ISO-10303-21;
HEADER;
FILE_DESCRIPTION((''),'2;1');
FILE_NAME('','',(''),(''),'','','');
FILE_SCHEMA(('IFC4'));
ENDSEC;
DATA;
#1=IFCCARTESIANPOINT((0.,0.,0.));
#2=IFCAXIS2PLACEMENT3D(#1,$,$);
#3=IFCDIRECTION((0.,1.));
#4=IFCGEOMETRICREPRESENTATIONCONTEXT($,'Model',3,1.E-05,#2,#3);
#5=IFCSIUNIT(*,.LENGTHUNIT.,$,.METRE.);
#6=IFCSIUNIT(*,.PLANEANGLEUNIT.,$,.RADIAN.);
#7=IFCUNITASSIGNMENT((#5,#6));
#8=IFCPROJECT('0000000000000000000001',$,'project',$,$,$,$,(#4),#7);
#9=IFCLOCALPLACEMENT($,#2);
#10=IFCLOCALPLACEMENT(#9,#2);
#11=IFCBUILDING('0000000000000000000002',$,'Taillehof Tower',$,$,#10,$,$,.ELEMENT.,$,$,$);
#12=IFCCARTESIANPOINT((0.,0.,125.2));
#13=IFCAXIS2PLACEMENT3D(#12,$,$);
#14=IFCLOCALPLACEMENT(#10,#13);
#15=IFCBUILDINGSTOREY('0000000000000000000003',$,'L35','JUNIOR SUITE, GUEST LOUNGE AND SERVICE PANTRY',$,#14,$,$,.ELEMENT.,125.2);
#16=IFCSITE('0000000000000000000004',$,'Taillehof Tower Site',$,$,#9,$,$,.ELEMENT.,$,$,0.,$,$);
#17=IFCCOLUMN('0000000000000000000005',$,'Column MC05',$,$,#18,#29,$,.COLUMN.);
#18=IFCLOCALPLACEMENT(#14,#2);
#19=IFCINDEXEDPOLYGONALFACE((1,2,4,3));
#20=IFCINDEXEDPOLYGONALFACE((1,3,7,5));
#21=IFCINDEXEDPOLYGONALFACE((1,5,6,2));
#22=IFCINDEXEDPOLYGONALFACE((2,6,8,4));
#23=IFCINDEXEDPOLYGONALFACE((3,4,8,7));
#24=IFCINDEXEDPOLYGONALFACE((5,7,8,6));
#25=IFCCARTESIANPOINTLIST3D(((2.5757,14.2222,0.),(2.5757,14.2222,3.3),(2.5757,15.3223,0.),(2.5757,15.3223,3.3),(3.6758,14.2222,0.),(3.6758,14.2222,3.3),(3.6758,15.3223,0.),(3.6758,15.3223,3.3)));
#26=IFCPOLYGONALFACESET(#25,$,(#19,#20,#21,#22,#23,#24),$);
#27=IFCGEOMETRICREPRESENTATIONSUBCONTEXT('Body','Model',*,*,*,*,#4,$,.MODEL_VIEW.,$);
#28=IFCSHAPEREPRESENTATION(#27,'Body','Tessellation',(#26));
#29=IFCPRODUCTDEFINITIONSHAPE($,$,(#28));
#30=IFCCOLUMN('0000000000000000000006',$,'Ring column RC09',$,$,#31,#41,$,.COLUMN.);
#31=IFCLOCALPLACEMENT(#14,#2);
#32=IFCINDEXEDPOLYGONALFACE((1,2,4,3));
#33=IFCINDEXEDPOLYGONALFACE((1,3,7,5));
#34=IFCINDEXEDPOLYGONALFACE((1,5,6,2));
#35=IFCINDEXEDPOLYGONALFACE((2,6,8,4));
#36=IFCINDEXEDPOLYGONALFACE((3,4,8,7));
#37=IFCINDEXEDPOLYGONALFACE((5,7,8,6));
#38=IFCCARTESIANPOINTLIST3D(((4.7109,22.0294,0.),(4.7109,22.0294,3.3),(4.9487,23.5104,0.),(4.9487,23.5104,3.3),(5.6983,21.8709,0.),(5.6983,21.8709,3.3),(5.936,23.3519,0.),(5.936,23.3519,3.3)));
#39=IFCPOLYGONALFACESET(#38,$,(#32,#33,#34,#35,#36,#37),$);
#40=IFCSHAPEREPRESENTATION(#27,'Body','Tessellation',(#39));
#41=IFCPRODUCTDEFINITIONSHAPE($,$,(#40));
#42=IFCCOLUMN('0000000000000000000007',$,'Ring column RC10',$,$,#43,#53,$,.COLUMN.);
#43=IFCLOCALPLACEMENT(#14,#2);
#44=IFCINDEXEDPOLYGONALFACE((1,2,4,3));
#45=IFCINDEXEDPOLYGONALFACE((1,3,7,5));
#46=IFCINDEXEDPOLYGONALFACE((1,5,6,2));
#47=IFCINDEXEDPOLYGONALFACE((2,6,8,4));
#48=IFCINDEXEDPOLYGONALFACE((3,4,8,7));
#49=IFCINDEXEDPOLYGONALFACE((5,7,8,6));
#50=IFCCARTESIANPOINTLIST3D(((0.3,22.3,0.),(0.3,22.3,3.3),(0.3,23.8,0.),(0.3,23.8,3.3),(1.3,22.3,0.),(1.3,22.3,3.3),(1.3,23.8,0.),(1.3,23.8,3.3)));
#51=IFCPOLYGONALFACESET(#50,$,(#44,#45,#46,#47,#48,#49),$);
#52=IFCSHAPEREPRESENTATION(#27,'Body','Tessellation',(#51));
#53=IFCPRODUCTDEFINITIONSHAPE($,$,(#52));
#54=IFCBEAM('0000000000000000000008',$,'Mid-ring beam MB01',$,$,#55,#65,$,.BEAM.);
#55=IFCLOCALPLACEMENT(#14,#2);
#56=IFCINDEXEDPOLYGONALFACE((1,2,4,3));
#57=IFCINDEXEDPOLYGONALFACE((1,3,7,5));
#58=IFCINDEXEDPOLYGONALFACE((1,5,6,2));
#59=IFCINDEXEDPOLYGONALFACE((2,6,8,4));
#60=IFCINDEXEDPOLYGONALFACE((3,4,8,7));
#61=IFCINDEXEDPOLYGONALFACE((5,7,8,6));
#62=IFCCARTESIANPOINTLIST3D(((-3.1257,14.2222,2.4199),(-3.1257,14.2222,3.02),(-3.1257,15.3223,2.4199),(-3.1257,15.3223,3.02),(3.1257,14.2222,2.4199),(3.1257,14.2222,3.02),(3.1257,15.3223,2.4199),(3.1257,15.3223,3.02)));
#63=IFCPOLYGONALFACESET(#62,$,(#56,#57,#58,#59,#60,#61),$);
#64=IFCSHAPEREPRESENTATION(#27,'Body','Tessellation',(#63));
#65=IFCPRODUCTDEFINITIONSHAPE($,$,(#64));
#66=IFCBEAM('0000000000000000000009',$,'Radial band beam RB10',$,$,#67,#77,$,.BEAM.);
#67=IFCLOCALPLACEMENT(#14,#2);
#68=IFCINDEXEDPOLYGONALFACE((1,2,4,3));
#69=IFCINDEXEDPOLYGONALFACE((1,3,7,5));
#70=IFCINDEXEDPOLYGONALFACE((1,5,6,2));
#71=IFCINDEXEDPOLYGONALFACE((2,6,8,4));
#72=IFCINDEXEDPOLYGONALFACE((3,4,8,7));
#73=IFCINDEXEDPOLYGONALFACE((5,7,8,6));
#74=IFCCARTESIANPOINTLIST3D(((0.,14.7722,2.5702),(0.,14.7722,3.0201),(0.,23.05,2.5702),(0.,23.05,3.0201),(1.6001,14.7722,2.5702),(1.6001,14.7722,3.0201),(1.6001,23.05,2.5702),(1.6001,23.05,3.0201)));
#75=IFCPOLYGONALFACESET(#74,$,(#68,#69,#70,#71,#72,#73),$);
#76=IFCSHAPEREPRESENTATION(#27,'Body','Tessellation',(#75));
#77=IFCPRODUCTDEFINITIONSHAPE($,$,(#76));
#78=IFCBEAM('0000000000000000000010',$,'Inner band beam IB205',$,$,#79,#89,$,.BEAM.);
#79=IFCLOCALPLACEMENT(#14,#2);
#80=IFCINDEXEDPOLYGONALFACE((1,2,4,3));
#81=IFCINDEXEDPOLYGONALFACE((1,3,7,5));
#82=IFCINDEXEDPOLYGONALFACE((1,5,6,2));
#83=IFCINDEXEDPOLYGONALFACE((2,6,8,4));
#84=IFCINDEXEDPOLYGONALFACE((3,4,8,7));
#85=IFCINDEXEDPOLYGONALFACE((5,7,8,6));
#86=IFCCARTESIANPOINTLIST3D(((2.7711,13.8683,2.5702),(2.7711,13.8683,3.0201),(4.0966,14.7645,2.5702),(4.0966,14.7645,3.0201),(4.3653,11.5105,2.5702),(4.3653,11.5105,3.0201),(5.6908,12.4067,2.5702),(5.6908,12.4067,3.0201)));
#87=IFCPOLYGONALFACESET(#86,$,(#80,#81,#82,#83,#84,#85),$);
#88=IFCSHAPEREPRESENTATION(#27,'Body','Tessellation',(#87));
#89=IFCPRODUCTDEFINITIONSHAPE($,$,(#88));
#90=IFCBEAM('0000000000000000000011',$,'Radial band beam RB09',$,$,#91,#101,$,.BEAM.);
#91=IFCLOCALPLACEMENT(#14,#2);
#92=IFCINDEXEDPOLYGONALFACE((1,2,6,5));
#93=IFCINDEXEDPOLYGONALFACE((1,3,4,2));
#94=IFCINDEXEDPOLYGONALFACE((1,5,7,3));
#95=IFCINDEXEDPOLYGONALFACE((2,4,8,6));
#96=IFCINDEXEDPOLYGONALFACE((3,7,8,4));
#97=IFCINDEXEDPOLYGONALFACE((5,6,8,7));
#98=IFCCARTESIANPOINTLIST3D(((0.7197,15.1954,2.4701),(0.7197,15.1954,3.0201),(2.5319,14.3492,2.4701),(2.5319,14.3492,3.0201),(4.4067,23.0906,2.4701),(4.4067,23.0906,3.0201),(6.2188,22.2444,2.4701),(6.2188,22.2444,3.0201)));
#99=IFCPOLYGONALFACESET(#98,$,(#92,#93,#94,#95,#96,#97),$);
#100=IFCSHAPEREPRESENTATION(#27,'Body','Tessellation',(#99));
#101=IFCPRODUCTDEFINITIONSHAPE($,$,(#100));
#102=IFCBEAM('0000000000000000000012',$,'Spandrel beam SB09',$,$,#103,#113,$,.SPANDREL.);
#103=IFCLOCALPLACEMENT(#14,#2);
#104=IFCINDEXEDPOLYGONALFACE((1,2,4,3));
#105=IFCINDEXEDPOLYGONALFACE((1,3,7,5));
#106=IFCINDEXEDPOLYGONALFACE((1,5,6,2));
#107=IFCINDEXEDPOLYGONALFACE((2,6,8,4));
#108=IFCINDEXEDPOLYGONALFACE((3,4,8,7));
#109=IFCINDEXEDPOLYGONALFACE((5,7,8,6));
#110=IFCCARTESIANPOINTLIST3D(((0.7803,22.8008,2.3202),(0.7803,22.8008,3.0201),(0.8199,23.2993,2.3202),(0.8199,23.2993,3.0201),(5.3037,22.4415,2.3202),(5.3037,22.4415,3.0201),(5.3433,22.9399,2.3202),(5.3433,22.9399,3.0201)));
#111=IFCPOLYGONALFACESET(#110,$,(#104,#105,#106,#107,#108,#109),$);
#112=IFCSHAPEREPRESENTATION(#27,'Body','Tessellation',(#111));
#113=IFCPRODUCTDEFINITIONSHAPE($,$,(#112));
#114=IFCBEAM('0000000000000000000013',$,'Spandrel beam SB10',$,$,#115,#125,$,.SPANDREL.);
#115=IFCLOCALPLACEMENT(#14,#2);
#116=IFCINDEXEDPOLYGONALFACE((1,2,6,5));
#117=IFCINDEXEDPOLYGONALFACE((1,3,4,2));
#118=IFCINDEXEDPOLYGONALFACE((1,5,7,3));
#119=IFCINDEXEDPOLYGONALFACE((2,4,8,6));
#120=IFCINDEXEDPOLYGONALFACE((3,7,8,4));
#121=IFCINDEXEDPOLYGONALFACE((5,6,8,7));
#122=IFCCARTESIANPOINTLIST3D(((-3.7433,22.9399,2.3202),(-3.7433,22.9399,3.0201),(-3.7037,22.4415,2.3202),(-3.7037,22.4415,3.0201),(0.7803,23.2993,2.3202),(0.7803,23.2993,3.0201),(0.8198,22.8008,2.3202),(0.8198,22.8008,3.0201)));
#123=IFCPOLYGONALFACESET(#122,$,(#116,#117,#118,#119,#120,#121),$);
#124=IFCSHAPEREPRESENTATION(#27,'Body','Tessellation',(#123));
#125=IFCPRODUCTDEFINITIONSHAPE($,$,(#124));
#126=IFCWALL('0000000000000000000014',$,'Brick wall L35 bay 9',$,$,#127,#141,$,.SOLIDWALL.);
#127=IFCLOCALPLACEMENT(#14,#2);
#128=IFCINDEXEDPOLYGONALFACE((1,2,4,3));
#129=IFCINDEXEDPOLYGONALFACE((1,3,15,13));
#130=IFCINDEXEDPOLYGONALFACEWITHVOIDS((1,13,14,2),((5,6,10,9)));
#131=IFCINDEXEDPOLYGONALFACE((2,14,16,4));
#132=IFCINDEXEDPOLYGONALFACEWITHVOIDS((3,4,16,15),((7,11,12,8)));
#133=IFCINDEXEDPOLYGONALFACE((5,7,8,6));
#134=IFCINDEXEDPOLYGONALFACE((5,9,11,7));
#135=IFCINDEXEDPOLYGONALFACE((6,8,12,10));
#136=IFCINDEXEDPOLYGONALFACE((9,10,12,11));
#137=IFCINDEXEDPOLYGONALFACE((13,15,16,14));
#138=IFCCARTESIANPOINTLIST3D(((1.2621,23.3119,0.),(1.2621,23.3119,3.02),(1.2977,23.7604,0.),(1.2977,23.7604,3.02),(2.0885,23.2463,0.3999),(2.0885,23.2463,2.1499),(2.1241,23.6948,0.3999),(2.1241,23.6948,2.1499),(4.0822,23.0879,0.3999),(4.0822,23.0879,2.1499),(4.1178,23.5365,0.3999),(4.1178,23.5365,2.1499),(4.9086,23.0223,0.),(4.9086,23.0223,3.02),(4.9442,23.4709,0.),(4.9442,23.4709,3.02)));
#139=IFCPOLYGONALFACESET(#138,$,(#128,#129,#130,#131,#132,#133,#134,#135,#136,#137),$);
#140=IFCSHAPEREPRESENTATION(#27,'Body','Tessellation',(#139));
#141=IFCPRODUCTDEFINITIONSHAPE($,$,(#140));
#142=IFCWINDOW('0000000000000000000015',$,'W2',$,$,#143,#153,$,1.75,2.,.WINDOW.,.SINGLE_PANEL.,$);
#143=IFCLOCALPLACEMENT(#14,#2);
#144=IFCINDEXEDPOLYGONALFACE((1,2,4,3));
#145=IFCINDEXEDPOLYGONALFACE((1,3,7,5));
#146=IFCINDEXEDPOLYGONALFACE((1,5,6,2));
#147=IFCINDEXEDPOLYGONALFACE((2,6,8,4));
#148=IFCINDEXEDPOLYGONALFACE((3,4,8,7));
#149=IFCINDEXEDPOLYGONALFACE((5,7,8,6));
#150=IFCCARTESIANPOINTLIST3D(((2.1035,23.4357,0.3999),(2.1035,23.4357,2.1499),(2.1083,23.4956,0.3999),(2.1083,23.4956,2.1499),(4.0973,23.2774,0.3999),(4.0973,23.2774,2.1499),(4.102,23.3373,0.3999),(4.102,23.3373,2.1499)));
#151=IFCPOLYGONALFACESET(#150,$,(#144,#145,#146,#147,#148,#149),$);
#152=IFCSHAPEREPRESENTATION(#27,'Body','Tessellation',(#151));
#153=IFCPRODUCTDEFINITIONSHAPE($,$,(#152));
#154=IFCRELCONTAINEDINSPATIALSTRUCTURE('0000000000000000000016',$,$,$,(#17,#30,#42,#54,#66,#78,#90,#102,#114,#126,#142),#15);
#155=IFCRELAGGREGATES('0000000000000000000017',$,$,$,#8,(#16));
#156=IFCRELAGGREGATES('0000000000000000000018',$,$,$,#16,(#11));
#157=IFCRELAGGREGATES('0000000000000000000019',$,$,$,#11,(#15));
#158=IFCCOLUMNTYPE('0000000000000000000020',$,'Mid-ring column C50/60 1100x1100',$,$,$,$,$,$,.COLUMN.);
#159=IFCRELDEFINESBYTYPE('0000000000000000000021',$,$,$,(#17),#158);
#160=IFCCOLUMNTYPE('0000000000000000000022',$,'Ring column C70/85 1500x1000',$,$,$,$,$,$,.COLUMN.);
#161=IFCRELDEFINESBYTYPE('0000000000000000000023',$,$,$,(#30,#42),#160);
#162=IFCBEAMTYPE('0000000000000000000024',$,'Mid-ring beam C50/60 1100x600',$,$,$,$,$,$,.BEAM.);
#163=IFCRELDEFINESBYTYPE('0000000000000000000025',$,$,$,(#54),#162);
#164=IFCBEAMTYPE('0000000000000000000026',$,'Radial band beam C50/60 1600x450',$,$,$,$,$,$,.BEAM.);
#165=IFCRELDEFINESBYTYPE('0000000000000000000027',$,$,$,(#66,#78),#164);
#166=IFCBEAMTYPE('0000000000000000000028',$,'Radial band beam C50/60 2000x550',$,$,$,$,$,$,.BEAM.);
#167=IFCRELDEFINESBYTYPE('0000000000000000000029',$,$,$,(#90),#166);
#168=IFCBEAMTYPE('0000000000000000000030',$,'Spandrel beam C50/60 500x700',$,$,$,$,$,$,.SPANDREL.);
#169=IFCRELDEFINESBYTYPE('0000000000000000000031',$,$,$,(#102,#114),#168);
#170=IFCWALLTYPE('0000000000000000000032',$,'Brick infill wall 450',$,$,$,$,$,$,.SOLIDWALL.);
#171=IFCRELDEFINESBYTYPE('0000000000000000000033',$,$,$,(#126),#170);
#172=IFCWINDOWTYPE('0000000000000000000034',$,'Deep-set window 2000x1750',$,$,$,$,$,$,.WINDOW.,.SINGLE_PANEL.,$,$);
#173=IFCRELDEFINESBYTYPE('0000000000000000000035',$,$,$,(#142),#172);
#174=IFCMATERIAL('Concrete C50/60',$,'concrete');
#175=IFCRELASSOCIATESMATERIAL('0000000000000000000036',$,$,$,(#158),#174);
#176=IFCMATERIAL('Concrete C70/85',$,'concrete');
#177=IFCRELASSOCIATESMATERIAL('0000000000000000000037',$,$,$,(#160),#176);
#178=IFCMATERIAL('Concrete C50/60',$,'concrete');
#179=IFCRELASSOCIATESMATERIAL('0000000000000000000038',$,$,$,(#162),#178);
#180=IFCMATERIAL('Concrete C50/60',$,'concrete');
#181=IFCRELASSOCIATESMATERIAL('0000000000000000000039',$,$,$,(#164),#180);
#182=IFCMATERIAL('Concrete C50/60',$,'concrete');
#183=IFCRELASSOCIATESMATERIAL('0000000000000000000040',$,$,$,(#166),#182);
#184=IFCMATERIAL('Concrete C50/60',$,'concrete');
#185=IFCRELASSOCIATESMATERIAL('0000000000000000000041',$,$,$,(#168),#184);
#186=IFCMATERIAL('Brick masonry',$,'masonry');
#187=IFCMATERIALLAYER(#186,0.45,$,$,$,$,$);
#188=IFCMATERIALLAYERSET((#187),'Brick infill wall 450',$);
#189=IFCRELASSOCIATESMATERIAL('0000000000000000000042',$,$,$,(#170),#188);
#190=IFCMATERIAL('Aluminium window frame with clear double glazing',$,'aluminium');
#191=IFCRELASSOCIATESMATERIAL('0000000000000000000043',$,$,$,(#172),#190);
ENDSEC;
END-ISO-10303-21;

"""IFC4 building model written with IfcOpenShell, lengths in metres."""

from ifc_helpers import new_model, si_unit, direction, frame, frame_2d, origin, origin_2d, place, context, subcontext, project, spatial, rectangle, extrude, material, layer, layer_set, material_profile, profile_set, type_object, element, fill, save


model = new_model("IFC4")

# Units and contexts
model_context = context("Model", 3, precision=1e-05, world=origin(), true_north=direction((0.0, 1.0)))
body_context = subcontext(model_context, "Body", "Model", "MODEL_VIEW")
ifc_project = project(units=[si_unit("LENGTHUNIT", "METRE"), si_unit("PLANEANGLEUNIT", "RADIAN")], contexts=[model_context])

# Site, building, storey
site_placement = place(None, origin())
site = spatial("IfcSite", under=ifc_project, at=site_placement, Name="Taillehof Tower Site", CompositionType="ELEMENT", RefElevation=0.0)
building_placement = place(site_placement, origin())
building = spatial("IfcBuilding", under=site, at=building_placement, Name="Taillehof Tower", CompositionType="ELEMENT")
storey_placement = place(building_placement, frame((0.0, 0.0, 125.2)))
storey = spatial("IfcBuildingStorey", under=building, at=storey_placement, Name="L35", Description="JUNIOR SUITE, GUEST LOUNGE AND SERVICE PANTRY", CompositionType="ELEMENT", Elevation=125.2)

# Columns
ifc_material_1 = material(Name="Concrete C50/60", Category="concrete")
ifc_material_profile_1 = material_profile(ifc_material_1, rectangle(XDim=1.1001, YDim=1.1001, at=origin_2d()), Name="RC 1100x1100")
ifc_profile_set_1 = profile_set([ifc_material_profile_1], Name="Concrete C50/60")
column_type_1 = type_object("IfcColumnType", Name="Mid-ring column C50/60 1100x1100", PredefinedType="COLUMN", material=ifc_profile_set_1)
column_placement = place(storey_placement, frame((3.1257, 14.7722, 0.0), z_axis=(0.0, 0.0, 1.0), x_axis=(1.0, 0.0, 0.0)))
element("IfcColumn", 1, at=column_placement, inside=storey, type_object=column_type_1, Name="Column MC05", PredefinedType="COLUMN", context=body_context, shape_type="SweptSolid", body=[
    extrude(rectangle(XDim=1.1001, YDim=1.1001, at=origin_2d()), origin(), (0.0, 0.0, 1.0), 3.3),
])
ifc_material_2 = material(Name="Concrete C70/85", Category="concrete")
ifc_material_profile_2 = material_profile(ifc_material_2, rectangle(XDim=1.5, YDim=1.0, at=origin_2d()), Name="RC 1500x1000")
ifc_profile_set_2 = profile_set([ifc_material_profile_2], Name="Concrete C70/85")
column_type_2 = type_object("IfcColumnType", Name="Ring column C70/85 1500x1000", PredefinedType="COLUMN", material=ifc_profile_set_2)
for number, where, z_axis, x_axis, name in (
    (2, (5.3235, 22.6907, 0.0), (0.0, 0.0, 1.0), (0.158507, 0.987358, 0.0), "Ring column RC09"),
    (3, (0.8, 23.05, 0.0), (0.0, 0.0, 1.0), (0.0, 1.0, 0.0), "Ring column RC10"),
):
    element("IfcColumn", number, at=place(storey_placement, frame(where, z_axis=z_axis, x_axis=x_axis)), inside=storey, type_object=column_type_2, Name=name, PredefinedType="COLUMN", context=body_context, shape_type="SweptSolid", body=[
        extrude(rectangle(XDim=1.5, YDim=1.0, at=origin_2d()), origin(), (0.0, 0.0, 1.0), 3.3),
    ])

# Beams
ifc_material_3 = material(Name="Concrete C50/60", Category="concrete")
ifc_material_profile_3 = material_profile(ifc_material_3, rectangle(XDim=1.1001, YDim=0.6001, at=origin_2d()), Name="RC 1100x600")
ifc_profile_set_3 = profile_set([ifc_material_profile_3], Name="Concrete C50/60")
beam_type_1 = type_object("IfcBeamType", Name="Mid-ring beam C50/60 1100x600", PredefinedType="BEAM", material=ifc_profile_set_3)
beam_1_placement = place(storey_placement, frame((3.1257, 14.7722, 2.72), z_axis=(-1.0, 0.0, 0.0), x_axis=(0.0, -1.0, 0.0)))
element("IfcBeam", 4, at=beam_1_placement, inside=storey, type_object=beam_type_1, Name="Mid-ring beam MB01", PredefinedType="BEAM", context=body_context, shape_type="SweptSolid", body=[
    extrude(rectangle(XDim=1.1001, YDim=0.6001, at=origin_2d()), origin(), (0.0, 0.0, 1.0), 6.2515),
])
ifc_material_4 = material(Name="Concrete C50/60", Category="concrete")
ifc_material_profile_4 = material_profile(ifc_material_4, rectangle(XDim=1.6001, YDim=0.45, at=origin_2d()), Name="RC 1600x450")
ifc_profile_set_4 = profile_set([ifc_material_profile_4], Name="Concrete C50/60")
beam_type_2 = type_object("IfcBeamType", Name="Radial band beam C50/60 1600x450", PredefinedType="BEAM", material=ifc_profile_set_4)
beam_2_placement = place(storey_placement, frame((0.8, 23.05, 2.7952), z_axis=(0.0, -1.0, 0.0), x_axis=(1.0, 0.0, 0.0)))
element("IfcBeam", 5, at=beam_2_placement, inside=storey, type_object=beam_type_2, Name="Radial band beam RB10", PredefinedType="BEAM", context=body_context, shape_type="SweptSolid", body=[
    extrude(rectangle(XDim=1.6001, YDim=0.45, at=origin_2d()), origin(), (0.0, 0.0, 1.0), 8.2778),
])
beam_3_placement = place(storey_placement, frame((3.4338, 14.3164, 2.7952), z_axis=(0.560112, -0.828417, 0.0), x_axis=(0.828417, 0.560112, 0.0)))
element("IfcBeam", 6, at=beam_3_placement, inside=storey, type_object=beam_type_2, Name="Inner band beam IB205", PredefinedType="BEAM", context=body_context, shape_type="SweptSolid", body=[
    extrude(rectangle(XDim=1.6001, YDim=0.45, at=origin_2d()), origin(), (0.0, 0.0, 1.0), 2.8462),
])
ifc_material_5 = material(Name="Concrete C50/60", Category="concrete")
ifc_material_profile_5 = material_profile(ifc_material_5, rectangle(XDim=2.0, YDim=0.55, at=origin_2d()), Name="RC 2000x550")
ifc_profile_set_5 = profile_set([ifc_material_profile_5], Name="Concrete C50/60")
beam_type_3 = type_object("IfcBeamType", Name="Radial band beam C50/60 2000x550", PredefinedType="BEAM", material=ifc_profile_set_5)
beam_4_placement = place(storey_placement, frame((5.3127, 22.6675, 2.7451), z_axis=(-0.423126, -0.906071, 0.0), x_axis=(0.906071, -0.423126, 0.0)))
element("IfcBeam", 7, at=beam_4_placement, inside=storey, type_object=beam_type_3, Name="Radial band beam RB09", PredefinedType="BEAM", context=body_context, shape_type="SweptSolid", body=[
    extrude(rectangle(XDim=2.0, YDim=0.55, at=origin_2d()), origin(), (0.0, 0.0, 1.0), 8.7136),
])
ifc_material_6 = material(Name="Concrete C50/60", Category="concrete")
ifc_material_profile_6 = material_profile(ifc_material_6, rectangle(XDim=0.5, YDim=0.7, at=origin_2d()), Name="RC 500x700")
ifc_profile_set_6 = profile_set([ifc_material_profile_6], Name="Concrete C50/60")
beam_type_4 = type_object("IfcBeamType", Name="Spandrel beam C50/60 500x700", PredefinedType="SPANDREL", material=ifc_profile_set_6)
beam_5_placement = place(storey_placement, frame((5.3235, 22.6907, 2.6702), z_axis=(-0.996859, 0.079198, 0.0), x_axis=(-0.079198, -0.996859, 0.0)))
element("IfcBeam", 8, at=beam_5_placement, inside=storey, type_object=beam_type_4, Name="Spandrel beam SB09", PredefinedType="SPANDREL", context=body_context, shape_type="SweptSolid", body=[
    extrude(rectangle(XDim=0.5, YDim=0.7, at=origin_2d()), origin(), (0.0, 0.0, 1.0), 4.5376),
])
beam_6_placement = place(storey_placement, frame((0.8, 23.05, 2.6702), z_axis=(-0.996859, -0.079194, 0.0), x_axis=(0.079194, -0.996859, 0.0)))
element("IfcBeam", 9, at=beam_6_placement, inside=storey, type_object=beam_type_4, Name="Spandrel beam SB10", PredefinedType="SPANDREL", context=body_context, shape_type="SweptSolid", body=[
    extrude(rectangle(XDim=0.5, YDim=0.7, at=origin_2d()), origin(), (0.0, 0.0, 1.0), 4.5378),
])

# Wall, opening, window
ifc_material_7 = material(Name="Brick masonry", Category="masonry")
ifc_layer_1 = layer(ifc_material_7, 0.45)
ifc_layer_set_1 = layer_set([ifc_layer_1], Name="Brick infill wall 450")
wall_type_1 = type_object("IfcWallType", Name="Brick infill wall 450", PredefinedType="SOLIDWALL", material=ifc_layer_set_1)
wall_1_placement = place(storey_placement, frame((4.9265, 23.2466, 0.0), z_axis=(0.0, 0.0, 1.0), x_axis=(-0.996862, 0.079156, 0.0)))
wall_1 = element("IfcWall", 10, at=wall_1_placement, inside=storey, type_object=wall_type_1, Name="Brick wall L35 bay 9", PredefinedType="SOLIDWALL", context=body_context, shape_type="SweptSolid", body=[
    extrude(rectangle(XDim=3.658, YDim=0.45, at=frame_2d((1.8291, 0.0))), origin(), (0.0, 0.0, 1.0), 3.02),
])
opening_1_placement = place(wall_1_placement, frame((0.8291, 0.0, 0.3999)))
opening_1 = element("IfcOpeningElement", 11, at=opening_1_placement, cuts=wall_1, PredefinedType="OPENING", context=body_context, shape_type="SweptSolid", body=[
    extrude(rectangle(XDim=2.0, YDim=1.75, at=frame_2d((1.0, 0.875))), frame((0.0, 0.2349, 0.0), z_axis=(0.0, -1.0, 0.0), x_axis=(1.0, 0.0, 0.0)), (0.0, 0.0, 1.0), 0.47),
])
ifc_material_8 = material(Name="Aluminium window frame with clear double glazing", Category="aluminium")
window_type = type_object("IfcWindowType", Name="Deep-set window 2000x1750", PartitioningType="SINGLE_PANEL", PredefinedType="WINDOW", material=ifc_material_8)
window_1_placement = place(opening_1_placement, origin())
window_1 = element("IfcWindow", 12, at=window_1_placement, inside=storey, type_object=window_type, Name="W2", OverallHeight=1.75, OverallWidth=2.0, PartitioningType="SINGLE_PANEL", PredefinedType="WINDOW", context=body_context, shape_type="SweptSolid", body=[
    extrude(rectangle(XDim=2.0, YDim=1.75, at=frame_2d((1.0, 0.875))), frame((0.0, 0.0349, 0.0), z_axis=(0.0, -1.0, 0.0), x_axis=(1.0, 0.0, 0.0)), (0.0, 0.0, 1.0), 0.0601),
])
fill(opening_1, window_1)

save(model, "model.ifc")
